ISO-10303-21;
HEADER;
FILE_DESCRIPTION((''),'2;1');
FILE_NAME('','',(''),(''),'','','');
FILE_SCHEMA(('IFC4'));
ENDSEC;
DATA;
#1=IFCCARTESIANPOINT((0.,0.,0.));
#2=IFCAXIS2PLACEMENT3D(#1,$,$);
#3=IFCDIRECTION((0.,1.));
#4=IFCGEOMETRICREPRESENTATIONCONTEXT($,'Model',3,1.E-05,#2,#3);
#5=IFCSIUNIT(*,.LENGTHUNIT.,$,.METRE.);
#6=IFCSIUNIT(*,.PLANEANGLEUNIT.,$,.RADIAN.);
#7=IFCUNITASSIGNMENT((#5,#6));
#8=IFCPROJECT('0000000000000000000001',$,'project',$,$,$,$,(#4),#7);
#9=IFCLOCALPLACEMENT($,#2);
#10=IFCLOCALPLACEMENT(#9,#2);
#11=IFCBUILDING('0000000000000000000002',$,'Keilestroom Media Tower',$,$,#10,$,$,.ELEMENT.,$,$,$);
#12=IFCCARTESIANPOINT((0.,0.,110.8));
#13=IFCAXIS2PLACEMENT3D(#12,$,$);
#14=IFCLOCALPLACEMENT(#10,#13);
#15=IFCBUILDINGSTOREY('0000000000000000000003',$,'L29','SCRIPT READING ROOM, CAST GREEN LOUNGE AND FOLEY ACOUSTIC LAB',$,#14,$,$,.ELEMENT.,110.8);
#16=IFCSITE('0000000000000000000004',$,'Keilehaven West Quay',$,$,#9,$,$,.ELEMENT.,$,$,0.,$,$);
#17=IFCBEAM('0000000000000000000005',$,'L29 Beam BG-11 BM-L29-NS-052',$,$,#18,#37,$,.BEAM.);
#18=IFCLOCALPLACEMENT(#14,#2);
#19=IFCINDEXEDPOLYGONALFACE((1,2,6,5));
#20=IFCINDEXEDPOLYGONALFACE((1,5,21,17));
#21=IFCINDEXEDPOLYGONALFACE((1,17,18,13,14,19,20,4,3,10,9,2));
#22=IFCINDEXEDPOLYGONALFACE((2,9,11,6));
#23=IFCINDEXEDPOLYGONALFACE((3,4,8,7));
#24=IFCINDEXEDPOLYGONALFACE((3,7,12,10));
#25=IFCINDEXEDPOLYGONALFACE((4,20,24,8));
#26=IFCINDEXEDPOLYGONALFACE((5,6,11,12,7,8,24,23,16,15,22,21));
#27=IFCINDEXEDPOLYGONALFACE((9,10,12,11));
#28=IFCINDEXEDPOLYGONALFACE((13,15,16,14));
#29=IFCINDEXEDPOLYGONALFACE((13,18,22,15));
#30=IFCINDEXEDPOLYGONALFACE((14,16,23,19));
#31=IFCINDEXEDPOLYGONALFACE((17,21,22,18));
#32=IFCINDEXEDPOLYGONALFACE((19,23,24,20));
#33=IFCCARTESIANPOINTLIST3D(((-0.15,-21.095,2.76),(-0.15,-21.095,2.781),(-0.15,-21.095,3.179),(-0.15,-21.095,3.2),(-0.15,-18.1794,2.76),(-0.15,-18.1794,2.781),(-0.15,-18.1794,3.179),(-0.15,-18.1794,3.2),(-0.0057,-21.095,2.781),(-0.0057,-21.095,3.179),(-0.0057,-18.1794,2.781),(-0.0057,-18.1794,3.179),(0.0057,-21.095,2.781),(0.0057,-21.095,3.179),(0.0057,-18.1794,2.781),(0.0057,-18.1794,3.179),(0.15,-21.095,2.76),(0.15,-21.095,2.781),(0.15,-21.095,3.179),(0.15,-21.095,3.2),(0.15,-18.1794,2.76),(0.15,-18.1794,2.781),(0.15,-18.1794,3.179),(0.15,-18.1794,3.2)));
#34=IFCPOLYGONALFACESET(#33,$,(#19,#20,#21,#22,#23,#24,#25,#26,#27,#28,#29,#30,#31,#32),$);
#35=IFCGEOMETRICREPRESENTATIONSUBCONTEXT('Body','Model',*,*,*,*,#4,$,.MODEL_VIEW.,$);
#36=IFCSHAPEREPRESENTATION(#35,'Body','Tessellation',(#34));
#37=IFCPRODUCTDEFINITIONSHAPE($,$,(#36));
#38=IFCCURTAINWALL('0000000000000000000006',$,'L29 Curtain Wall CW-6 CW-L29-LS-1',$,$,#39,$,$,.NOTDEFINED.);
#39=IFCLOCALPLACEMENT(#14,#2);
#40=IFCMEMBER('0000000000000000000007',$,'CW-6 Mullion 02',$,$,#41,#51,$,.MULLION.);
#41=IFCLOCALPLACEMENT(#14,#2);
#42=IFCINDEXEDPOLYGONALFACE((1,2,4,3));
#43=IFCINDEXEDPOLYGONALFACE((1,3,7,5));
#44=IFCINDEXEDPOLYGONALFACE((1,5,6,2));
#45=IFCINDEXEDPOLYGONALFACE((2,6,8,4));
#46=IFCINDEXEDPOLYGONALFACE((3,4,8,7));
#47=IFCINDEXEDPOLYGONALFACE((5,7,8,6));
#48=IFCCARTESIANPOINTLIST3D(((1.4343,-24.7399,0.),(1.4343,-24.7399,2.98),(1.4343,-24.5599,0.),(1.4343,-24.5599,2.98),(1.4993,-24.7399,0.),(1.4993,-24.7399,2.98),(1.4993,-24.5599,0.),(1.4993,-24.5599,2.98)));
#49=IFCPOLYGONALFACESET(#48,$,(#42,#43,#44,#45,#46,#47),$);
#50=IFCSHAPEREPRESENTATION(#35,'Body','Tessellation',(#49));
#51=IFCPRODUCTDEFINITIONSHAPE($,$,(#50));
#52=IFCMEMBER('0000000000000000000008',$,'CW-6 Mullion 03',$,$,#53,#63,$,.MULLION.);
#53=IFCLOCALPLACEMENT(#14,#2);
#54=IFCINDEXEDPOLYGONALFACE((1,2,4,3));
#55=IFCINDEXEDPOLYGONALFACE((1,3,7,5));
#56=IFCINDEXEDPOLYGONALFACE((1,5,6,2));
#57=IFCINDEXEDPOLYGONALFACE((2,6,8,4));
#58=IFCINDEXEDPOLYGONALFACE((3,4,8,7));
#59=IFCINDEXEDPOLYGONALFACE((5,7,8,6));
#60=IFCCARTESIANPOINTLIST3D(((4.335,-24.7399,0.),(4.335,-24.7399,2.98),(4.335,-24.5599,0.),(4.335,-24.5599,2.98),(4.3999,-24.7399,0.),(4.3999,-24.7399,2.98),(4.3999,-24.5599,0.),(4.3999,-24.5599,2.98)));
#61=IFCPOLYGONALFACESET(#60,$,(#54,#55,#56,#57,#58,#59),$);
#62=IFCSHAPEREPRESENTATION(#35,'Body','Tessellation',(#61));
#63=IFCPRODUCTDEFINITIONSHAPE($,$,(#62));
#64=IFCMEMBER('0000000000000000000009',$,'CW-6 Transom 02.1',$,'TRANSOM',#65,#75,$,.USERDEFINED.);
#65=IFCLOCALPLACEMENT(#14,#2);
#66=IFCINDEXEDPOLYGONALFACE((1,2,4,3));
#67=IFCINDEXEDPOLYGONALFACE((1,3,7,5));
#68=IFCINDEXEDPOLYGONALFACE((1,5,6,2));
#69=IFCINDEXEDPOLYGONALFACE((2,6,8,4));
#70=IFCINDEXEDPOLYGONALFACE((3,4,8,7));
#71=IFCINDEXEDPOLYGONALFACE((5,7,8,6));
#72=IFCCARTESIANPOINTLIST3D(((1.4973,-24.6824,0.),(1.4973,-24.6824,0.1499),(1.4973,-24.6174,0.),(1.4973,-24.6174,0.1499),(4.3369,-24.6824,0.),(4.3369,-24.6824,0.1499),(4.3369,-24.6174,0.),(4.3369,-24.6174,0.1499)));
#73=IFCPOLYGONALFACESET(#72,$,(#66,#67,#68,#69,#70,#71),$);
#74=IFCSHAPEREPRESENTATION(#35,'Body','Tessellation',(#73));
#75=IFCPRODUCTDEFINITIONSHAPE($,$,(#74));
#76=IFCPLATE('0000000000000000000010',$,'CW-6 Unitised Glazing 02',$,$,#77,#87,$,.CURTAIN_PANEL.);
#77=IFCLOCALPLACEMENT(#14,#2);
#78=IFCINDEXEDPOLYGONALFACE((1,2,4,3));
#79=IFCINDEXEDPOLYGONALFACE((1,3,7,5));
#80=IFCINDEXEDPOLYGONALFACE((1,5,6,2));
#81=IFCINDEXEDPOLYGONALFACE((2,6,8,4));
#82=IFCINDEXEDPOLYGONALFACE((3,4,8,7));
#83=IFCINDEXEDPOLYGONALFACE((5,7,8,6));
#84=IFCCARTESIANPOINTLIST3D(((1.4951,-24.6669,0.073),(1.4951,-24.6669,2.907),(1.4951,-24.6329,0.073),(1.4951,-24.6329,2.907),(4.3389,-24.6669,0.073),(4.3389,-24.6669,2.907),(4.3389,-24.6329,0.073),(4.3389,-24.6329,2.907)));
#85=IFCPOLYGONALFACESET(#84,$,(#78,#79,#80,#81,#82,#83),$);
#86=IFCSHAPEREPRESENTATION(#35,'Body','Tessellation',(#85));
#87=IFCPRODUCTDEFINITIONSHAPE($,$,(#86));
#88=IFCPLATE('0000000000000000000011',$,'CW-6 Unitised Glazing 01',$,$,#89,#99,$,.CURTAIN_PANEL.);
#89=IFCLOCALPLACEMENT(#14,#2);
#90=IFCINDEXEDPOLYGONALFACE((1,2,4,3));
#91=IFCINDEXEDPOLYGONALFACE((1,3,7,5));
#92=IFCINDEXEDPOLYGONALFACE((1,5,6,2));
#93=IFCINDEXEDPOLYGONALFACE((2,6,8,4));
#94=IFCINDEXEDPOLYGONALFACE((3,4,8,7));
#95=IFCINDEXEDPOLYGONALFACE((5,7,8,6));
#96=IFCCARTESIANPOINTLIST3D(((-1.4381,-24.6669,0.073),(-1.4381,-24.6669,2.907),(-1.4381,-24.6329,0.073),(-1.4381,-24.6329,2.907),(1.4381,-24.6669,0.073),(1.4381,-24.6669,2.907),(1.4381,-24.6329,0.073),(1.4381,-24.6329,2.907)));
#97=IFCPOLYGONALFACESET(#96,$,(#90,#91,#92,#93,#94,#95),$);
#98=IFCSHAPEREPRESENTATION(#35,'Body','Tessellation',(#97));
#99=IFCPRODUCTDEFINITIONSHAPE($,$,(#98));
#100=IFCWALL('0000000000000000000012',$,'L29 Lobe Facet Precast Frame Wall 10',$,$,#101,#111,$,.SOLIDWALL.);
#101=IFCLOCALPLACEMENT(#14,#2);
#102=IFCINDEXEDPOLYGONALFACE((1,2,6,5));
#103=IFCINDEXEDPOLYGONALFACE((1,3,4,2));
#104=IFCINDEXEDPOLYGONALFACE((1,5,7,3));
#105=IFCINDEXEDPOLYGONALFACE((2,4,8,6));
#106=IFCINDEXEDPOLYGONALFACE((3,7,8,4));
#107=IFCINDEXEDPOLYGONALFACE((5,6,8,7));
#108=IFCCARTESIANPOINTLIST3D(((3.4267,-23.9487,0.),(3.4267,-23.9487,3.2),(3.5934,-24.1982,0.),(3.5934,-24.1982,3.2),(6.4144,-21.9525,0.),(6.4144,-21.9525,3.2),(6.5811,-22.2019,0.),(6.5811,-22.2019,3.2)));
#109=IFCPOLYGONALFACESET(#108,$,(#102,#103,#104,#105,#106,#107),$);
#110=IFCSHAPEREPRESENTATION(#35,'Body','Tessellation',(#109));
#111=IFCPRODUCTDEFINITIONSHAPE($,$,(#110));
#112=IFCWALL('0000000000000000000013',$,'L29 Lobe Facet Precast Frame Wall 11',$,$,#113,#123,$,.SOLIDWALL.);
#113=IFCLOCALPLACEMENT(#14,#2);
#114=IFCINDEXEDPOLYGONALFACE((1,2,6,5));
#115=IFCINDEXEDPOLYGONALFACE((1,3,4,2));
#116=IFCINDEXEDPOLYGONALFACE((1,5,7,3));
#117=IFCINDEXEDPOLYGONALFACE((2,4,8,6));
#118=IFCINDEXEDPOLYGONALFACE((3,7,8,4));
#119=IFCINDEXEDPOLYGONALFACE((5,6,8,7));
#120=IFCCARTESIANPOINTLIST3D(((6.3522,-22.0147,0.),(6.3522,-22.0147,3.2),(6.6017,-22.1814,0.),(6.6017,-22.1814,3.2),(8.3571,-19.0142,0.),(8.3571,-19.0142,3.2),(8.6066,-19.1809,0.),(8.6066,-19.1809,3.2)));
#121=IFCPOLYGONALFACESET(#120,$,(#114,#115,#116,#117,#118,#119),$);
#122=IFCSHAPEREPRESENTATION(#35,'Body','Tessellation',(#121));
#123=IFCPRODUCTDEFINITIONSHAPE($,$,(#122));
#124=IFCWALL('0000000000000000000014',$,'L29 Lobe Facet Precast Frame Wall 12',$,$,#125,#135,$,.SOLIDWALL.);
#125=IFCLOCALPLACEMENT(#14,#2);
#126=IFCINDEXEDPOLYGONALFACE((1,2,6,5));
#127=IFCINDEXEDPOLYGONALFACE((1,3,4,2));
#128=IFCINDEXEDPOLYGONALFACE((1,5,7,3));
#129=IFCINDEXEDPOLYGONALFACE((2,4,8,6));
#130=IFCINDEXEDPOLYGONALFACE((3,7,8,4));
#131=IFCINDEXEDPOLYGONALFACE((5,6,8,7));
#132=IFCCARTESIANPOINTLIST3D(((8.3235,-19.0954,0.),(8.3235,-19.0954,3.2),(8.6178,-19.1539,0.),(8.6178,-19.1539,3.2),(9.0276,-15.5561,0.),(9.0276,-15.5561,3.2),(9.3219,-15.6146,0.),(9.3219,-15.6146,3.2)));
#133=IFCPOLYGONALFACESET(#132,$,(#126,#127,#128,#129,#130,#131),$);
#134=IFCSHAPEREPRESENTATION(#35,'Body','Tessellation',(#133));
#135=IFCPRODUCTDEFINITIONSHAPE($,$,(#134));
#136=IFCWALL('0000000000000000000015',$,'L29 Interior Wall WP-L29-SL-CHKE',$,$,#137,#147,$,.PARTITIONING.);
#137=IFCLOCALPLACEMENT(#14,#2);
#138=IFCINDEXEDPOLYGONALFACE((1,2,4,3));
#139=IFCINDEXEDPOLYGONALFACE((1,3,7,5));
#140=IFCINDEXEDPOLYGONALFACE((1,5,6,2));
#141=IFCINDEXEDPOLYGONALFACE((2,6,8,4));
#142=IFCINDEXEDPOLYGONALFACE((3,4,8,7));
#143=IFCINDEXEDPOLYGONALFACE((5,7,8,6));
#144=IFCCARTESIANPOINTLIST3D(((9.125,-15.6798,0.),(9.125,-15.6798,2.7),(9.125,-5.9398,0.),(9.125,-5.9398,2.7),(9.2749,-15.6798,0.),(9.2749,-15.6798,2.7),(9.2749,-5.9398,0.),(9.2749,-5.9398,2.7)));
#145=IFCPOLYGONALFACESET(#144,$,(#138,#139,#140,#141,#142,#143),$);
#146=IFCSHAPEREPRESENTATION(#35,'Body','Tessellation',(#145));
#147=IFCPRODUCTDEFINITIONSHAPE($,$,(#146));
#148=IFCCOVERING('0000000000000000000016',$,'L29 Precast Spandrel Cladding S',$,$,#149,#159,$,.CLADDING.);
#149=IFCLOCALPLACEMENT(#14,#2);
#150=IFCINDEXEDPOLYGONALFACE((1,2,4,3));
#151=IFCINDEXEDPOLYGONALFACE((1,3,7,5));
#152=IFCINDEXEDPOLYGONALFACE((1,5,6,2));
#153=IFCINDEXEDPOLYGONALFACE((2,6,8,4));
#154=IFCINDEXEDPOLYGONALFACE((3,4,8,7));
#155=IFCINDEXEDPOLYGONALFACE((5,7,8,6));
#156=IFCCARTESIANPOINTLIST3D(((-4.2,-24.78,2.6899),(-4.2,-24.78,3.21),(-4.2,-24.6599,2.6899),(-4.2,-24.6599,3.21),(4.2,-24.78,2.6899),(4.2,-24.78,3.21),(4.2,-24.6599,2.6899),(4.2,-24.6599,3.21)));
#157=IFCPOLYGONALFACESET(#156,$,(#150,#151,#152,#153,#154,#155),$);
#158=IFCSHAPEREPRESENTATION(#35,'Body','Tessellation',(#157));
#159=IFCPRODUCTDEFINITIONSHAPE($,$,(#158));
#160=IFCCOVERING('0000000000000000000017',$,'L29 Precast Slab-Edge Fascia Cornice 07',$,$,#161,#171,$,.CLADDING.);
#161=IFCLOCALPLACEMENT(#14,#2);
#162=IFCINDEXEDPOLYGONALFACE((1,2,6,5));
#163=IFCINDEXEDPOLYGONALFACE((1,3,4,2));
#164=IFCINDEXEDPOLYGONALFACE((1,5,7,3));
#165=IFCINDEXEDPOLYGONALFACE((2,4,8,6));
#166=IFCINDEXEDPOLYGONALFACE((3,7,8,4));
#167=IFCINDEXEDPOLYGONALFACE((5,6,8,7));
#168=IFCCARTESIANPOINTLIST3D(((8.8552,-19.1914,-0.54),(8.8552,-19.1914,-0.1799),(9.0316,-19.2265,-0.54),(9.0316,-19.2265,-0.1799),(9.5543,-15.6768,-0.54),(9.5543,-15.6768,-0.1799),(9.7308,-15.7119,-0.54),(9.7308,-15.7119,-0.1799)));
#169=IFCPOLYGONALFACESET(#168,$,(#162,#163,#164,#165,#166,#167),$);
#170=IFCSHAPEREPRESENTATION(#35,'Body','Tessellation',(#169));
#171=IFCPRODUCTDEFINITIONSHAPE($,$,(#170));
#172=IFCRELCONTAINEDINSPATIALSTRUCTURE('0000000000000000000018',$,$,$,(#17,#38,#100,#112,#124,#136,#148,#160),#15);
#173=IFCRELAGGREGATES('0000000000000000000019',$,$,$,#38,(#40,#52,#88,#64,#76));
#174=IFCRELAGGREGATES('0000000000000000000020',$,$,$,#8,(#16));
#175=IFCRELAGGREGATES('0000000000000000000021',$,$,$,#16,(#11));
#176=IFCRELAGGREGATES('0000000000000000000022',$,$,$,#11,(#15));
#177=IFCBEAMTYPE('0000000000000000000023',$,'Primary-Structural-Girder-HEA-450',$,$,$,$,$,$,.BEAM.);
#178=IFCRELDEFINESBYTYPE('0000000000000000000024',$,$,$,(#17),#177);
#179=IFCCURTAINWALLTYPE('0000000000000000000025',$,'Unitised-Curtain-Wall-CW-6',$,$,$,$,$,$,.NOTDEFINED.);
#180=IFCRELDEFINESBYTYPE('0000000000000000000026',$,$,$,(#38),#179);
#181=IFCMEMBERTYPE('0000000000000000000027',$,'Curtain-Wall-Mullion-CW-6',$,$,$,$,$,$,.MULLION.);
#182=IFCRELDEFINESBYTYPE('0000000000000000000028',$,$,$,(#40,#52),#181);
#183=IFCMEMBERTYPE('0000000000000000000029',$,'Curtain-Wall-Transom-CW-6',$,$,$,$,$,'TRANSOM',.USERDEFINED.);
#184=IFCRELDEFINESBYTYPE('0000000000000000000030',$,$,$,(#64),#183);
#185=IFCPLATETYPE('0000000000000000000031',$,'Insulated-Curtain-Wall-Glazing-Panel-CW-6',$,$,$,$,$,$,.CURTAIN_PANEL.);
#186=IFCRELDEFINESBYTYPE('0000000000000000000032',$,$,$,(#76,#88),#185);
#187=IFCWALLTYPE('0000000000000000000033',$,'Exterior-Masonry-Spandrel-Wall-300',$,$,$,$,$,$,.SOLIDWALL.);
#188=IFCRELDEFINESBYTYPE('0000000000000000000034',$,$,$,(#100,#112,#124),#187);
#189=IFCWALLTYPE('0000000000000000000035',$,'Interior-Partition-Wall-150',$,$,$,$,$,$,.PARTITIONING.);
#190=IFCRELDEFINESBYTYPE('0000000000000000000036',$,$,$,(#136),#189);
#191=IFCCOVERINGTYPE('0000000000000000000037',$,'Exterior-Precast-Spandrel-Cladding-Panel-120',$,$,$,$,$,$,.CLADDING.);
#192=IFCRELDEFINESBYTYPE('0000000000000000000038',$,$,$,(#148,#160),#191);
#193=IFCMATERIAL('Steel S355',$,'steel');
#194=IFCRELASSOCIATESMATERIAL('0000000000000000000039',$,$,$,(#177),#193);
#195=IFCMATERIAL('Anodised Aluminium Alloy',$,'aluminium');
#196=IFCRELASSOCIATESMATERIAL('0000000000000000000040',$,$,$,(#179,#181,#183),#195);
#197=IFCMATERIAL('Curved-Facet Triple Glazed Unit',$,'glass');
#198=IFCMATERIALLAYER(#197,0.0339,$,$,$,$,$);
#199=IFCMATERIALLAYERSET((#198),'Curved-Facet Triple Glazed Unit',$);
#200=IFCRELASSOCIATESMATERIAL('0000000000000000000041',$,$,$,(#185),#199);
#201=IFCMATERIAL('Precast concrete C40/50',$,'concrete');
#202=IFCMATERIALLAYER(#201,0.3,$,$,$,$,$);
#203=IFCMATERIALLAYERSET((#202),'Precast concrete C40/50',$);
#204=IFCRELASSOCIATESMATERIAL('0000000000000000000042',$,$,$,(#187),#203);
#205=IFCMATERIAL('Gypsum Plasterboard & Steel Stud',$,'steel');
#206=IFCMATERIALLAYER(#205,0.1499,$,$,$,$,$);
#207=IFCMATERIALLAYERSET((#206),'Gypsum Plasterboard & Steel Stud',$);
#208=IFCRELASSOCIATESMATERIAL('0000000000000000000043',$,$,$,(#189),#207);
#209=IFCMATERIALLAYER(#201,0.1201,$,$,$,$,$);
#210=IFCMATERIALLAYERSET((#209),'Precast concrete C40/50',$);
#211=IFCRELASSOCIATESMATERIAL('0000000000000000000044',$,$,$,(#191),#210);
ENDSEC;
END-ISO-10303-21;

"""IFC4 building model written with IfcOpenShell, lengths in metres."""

from ifc_helpers import new_model, si_unit, direction, frame, frame_2d, origin, origin_2d, place, context, subcontext, project, spatial, rectangle, i_section, extrude, source, transform, mapped, material, layer, layer_set, material_profile, profile_set, type_object, element, aggregate, save


model = new_model("IFC4")

# Units and contexts
model_context = context("Model", 3, precision=1e-05, world=origin(), true_north=direction((0.0, 1.0)))
body_context = subcontext(model_context, "Body", "Model", "MODEL_VIEW")
ifc_project = project(units=[si_unit("LENGTHUNIT", "METRE"), si_unit("PLANEANGLEUNIT", "RADIAN")], contexts=[model_context])

# Site, building, storey
site_placement = place(None, origin())
site = spatial("IfcSite", under=ifc_project, at=site_placement, Name="Keilehaven West Quay", CompositionType="ELEMENT", RefElevation=0.0)
building_placement = place(site_placement, origin())
building = spatial("IfcBuilding", under=site, at=building_placement, Name="Keilestroom Media Tower", CompositionType="ELEMENT")
storey_placement = place(building_placement, frame((0.0, 0.0, 110.8)))
storey = spatial("IfcBuildingStorey", under=building, at=storey_placement, Name="L29", Description="SCRIPT READING ROOM, CAST GREEN LOUNGE AND FOLEY ACOUSTIC LAB", CompositionType="ELEMENT", Elevation=110.8)

# Shared definitions
ifc_material_1 = material(Name="Steel S355", Category="steel")

# Beam
ifc_material_profile_1 = material_profile(ifc_material_1, i_section(OverallWidth=0.3, OverallDepth=0.4399, WebThickness=0.0115, FlangeThickness=0.021, at=origin_2d()), Name="HEA 450")
ifc_profile_set_1 = profile_set([ifc_material_profile_1], Name="Steel S355")
beam_type_1 = type_object("IfcBeamType", Name="Primary-Structural-Girder-HEA-450", PredefinedType="BEAM", material=ifc_profile_set_1)
shared_shape_1 = source(origin(), body_context, "Body", "SweptSolid", [
    extrude(i_section(OverallWidth=0.3, OverallDepth=0.4399, WebThickness=0.0115, FlangeThickness=0.021, at=origin_2d()), origin(), (0.0, 0.0, 1.0), 2.9155),
])
beam_1_placement = place(storey_placement, frame((0.0, -21.095, 2.98), z_axis=(0.0, 1.0, 0.0), x_axis=(-1.0, 0.0, 0.0)))
element("IfcBeam", 1, at=beam_1_placement, inside=storey, type_object=beam_type_1, Name="L29 Beam BG-11 BM-L29-NS-052", PredefinedType="BEAM", context=body_context, shape_type="MappedRepresentation", body=[
    mapped(shared_shape_1, transform((0.0, 0.0, 0.0), x_axis=(1.0, 0.0, 0.0), y_axis=(0.0, 1.0, 0.0), z_axis=(0.0, 0.0, 1.0), scale=1.0)),
])

# Curtain wall, members, plates
ifc_material_2 = material(Name="Anodised Aluminium Alloy", Category="aluminium")
curtain_wall_type = type_object("IfcCurtainWallType", Name="Unitised-Curtain-Wall-CW-6", PredefinedType="NOTDEFINED", material=ifc_material_2)
curtain_wall_placement = place(storey_placement, origin())
curtain_wall = element("IfcCurtainWall", 2, at=curtain_wall_placement, inside=storey, type_object=curtain_wall_type, Name="L29 Curtain Wall CW-6 CW-L29-LS-1", PredefinedType="NOTDEFINED")
ifc_material_profile_2 = material_profile(ifc_material_2, rectangle(XDim=0.0649, YDim=0.1799, at=origin_2d()), Name="ALU MULLION 65x180")
ifc_profile_set_2 = profile_set([ifc_material_profile_2], Name="Anodised Aluminium Alloy")
member_type_1 = type_object("IfcMemberType", Name="Curtain-Wall-Mullion-CW-6", PredefinedType="MULLION", material=ifc_profile_set_2)
shared_shape_2 = source(origin(), body_context, "Body", "SweptSolid", [
    extrude(rectangle(XDim=0.0649, YDim=0.1799, at=origin_2d()), origin(), (0.0, 0.0, 1.0), 2.98),
])
member_1_placement = place(storey_placement, frame((1.4668, -24.6499, 0.0), z_axis=(0.0, 0.0, 1.0), x_axis=(1.0, 0.0, 0.0)))
member_1 = element("IfcMember", 3, at=member_1_placement, type_object=member_type_1, Name="CW-6 Mullion 02", PredefinedType="MULLION", context=body_context, shape_type="MappedRepresentation", body=[
    mapped(shared_shape_2, transform((0.0, 0.0, 0.0), x_axis=(1.0, 0.0, 0.0), y_axis=(0.0, 1.0, 0.0), z_axis=(0.0, 0.0, 1.0), scale=1.0)),
])
member_2_placement = place(storey_placement, frame((4.3674, -24.6499, 0.0), z_axis=(0.0, 0.0, 1.0), x_axis=(1.0, 0.0, 0.0)))
member_2 = element("IfcMember", 4, at=member_2_placement, type_object=member_type_1, Name="CW-6 Mullion 03", PredefinedType="MULLION", context=body_context, shape_type="MappedRepresentation", body=[
    mapped(shared_shape_2, transform((0.0, 0.0, 0.0), x_axis=(1.0, 0.0, 0.0), y_axis=(0.0, 1.0, 0.0), z_axis=(0.0, 0.0, 1.0), scale=1.0)),
])
ifc_material_profile_3 = material_profile(ifc_material_2, rectangle(XDim=0.0649, YDim=0.1499, at=origin_2d()), Name="ALU TRANSOM 65x150")
ifc_profile_set_3 = profile_set([ifc_material_profile_3], Name="Anodised Aluminium Alloy")
member_type_2 = type_object("IfcMemberType", Name="Curtain-Wall-Transom-CW-6", ElementType="TRANSOM", PredefinedType="USERDEFINED", material=ifc_profile_set_3)
shared_shape_3 = source(origin(), body_context, "Body", "SweptSolid", [
    extrude(rectangle(XDim=0.0649, YDim=0.1499, at=origin_2d()), origin(), (0.0, 0.0, 1.0), 2.8396),
])
member_3_placement = place(storey_placement, frame((1.4973, -24.6499, 0.075), z_axis=(1.0, 0.0, 0.0), x_axis=(0.0, 1.0, 0.0)))
member_3 = element("IfcMember", 5, at=member_3_placement, type_object=member_type_2, Name="CW-6 Transom 02.1", ObjectType="TRANSOM", PredefinedType="USERDEFINED", context=body_context, shape_type="MappedRepresentation", body=[
    mapped(shared_shape_3, transform((0.0, 0.0, 0.0), x_axis=(1.0, 0.0, 0.0), y_axis=(0.0, 1.0, 0.0), z_axis=(0.0, 0.0, 1.0), scale=1.0)),
])
ifc_material_3 = material(Name="Curved-Facet Triple Glazed Unit", Category="glass")
ifc_layer_1 = layer(ifc_material_3, 0.0339)
ifc_layer_set_1 = layer_set([ifc_layer_1], Name="Curved-Facet Triple Glazed Unit")
plate_type = type_object("IfcPlateType", Name="Insulated-Curtain-Wall-Glazing-Panel-CW-6", PredefinedType="CURTAIN_PANEL", material=ifc_layer_set_1)
shared_shape_4 = source(origin(), body_context, "Body", "SweptSolid", [
    extrude(rectangle(XDim=2.8438, YDim=0.0339, at=origin_2d()), origin(), (0.0, 0.0, 1.0), 2.834),
])
plate_1_placement = place(storey_placement, frame((2.917, -24.6499, 0.073), z_axis=(0.0, 0.0, 1.0), x_axis=(1.0, 0.0, 0.0)))
plate_1 = element("IfcPlate", 6, at=plate_1_placement, type_object=plate_type, Name="CW-6 Unitised Glazing 02", PredefinedType="CURTAIN_PANEL", context=body_context, shape_type="MappedRepresentation", body=[
    mapped(shared_shape_4, transform((0.0, 0.0, 0.0), x_axis=(1.0, 0.0, 0.0), y_axis=(0.0, 1.0, 0.0), z_axis=(0.0, 0.0, 1.0), scale=1.0)),
])
shared_shape_5 = source(origin(), body_context, "Body", "SweptSolid", [
    extrude(rectangle(XDim=2.8762, YDim=0.0339, at=origin_2d()), origin(), (0.0, 0.0, 1.0), 2.834),
])
plate_2_placement = place(storey_placement, frame((0.0, -24.6499, 0.073), z_axis=(0.0, 0.0, 1.0), x_axis=(1.0, 0.0, 0.0)))
plate_2 = element("IfcPlate", 7, at=plate_2_placement, type_object=plate_type, Name="CW-6 Unitised Glazing 01", PredefinedType="CURTAIN_PANEL", context=body_context, shape_type="MappedRepresentation", body=[
    mapped(shared_shape_5, transform((0.0, 0.0, 0.0), x_axis=(1.0, 0.0, 0.0), y_axis=(0.0, 1.0, 0.0), z_axis=(0.0, 0.0, 1.0), scale=1.0)),
])
aggregate(curtain_wall, [member_1, member_2, plate_2, member_3, plate_1])

# Walls
ifc_material_4 = material(Name="Precast concrete C40/50", Category="concrete")
ifc_layer_2 = layer(ifc_material_4, 0.3)
ifc_layer_set_2 = layer_set([ifc_layer_2], Name="Precast concrete C40/50")
wall_type_1 = type_object("IfcWallType", Name="Exterior-Masonry-Spandrel-Wall-300", PredefinedType="SOLIDWALL", material=ifc_layer_set_2)
wall_1_placement = place(storey_placement, frame((3.51, -24.0735, 0.0), z_axis=(0.0, 0.0, 1.0), x_axis=(0.831475, 0.555562, 0.0)))
element("IfcWall", 8, at=wall_1_placement, inside=storey, type_object=wall_type_1, Name="L29 Lobe Facet Precast Frame Wall 10", PredefinedType="SOLIDWALL", context=body_context, shape_type="SweptSolid", body=[
    extrude(rectangle(XDim=3.5933, YDim=0.3, at=frame_2d((1.7966, 0.0))), origin(), (0.0, 0.0, 1.0), 3.2),
])
for number, where, z_axis, x_axis, name in (
    (9, (6.4771, -22.0979, 0.0), (0.0, 0.0, 1.0), (0.555574, 0.831467, 0.0), "L29 Lobe Facet Precast Frame Wall 11"),
    (10, (8.4707, -19.1245, 0.0), (0.0, 0.0, 1.0), (0.195114, 0.980781, 0.0), "L29 Lobe Facet Precast Frame Wall 12"),
):
    element("IfcWall", number, at=place(storey_placement, frame(where, z_axis=z_axis, x_axis=x_axis)), inside=storey, type_object=wall_type_1, Name=name, PredefinedType="SOLIDWALL", context=body_context, shape_type="SweptSolid", body=[
        extrude(rectangle(XDim=3.6086, YDim=0.3, at=frame_2d((1.8042, 0.0))), origin(), (0.0, 0.0, 1.0), 3.2),
    ])
ifc_material_5 = material(Name="Gypsum Plasterboard & Steel Stud", Category="steel")
ifc_layer_3 = layer(ifc_material_5, 0.1499)
ifc_layer_set_3 = layer_set([ifc_layer_3], Name="Gypsum Plasterboard & Steel Stud")
wall_type_2 = type_object("IfcWallType", Name="Interior-Partition-Wall-150", PredefinedType="PARTITIONING", material=ifc_layer_set_3)
wall_2_placement = place(storey_placement, frame((9.2, -15.6799, 0.0), z_axis=(0.0, 0.0, 1.0), x_axis=(0.0, 1.0, 0.0)))
element("IfcWall", 11, at=wall_2_placement, inside=storey, type_object=wall_type_2, Name="L29 Interior Wall WP-L29-SL-CHKE", PredefinedType="PARTITIONING", context=body_context, shape_type="SweptSolid", body=[
    extrude(rectangle(XDim=9.74, YDim=0.1499, at=frame_2d((4.8701, 0.0))), origin(), (0.0, 0.0, 1.0), 2.7),
])

# Coverings
ifc_layer_4 = layer(ifc_material_4, 0.1201)
ifc_layer_set_4 = layer_set([ifc_layer_4], Name="Precast concrete C40/50")
covering_type = type_object("IfcCoveringType", Name="Exterior-Precast-Spandrel-Cladding-Panel-120", PredefinedType="CLADDING", material=ifc_layer_set_4)
shared_shape_6 = source(origin(), body_context, "Body", "SweptSolid", [
    extrude(rectangle(XDim=8.3999, YDim=0.1201, at=origin_2d()), origin(), (0.0, 0.0, 1.0), 0.52),
])
covering_1_placement = place(storey_placement, frame((0.0, -24.72, 2.6899), z_axis=(0.0, 0.0, 1.0), x_axis=(1.0, 0.0, 0.0)))
element("IfcCovering", 12, at=covering_1_placement, inside=storey, type_object=covering_type, Name="L29 Precast Spandrel Cladding S", PredefinedType="CLADDING", context=body_context, shape_type="MappedRepresentation", body=[
    mapped(shared_shape_6, transform((0.0, 0.0, 0.0), x_axis=(1.0, 0.0, 0.0), y_axis=(0.0, 1.0, 0.0), z_axis=(0.0, 0.0, 1.0), scale=1.0)),
])
shared_shape_7 = source(origin(), body_context, "Body", "SweptSolid", [
    extrude(rectangle(XDim=3.5835, YDim=0.1799, at=origin_2d()), origin(), (0.0, 0.0, 1.0), 0.3601),
])
covering_2_placement = place(storey_placement, frame((9.293, -17.4517, -0.54), z_axis=(0.0, 0.0, 1.0), x_axis=(-0.195099, -0.980784, 0.0)))
element("IfcCovering", 13, at=covering_2_placement, inside=storey, type_object=covering_type, Name="L29 Precast Slab-Edge Fascia Cornice 07", PredefinedType="CLADDING", context=body_context, shape_type="MappedRepresentation", body=[
    mapped(shared_shape_7, transform((0.0, 0.0, 0.0), x_axis=(1.0, 0.0, 0.0), y_axis=(0.0, 1.0, 0.0), z_axis=(0.0, 0.0, 1.0), scale=1.0)),
])

save(model, "model.ifc")
